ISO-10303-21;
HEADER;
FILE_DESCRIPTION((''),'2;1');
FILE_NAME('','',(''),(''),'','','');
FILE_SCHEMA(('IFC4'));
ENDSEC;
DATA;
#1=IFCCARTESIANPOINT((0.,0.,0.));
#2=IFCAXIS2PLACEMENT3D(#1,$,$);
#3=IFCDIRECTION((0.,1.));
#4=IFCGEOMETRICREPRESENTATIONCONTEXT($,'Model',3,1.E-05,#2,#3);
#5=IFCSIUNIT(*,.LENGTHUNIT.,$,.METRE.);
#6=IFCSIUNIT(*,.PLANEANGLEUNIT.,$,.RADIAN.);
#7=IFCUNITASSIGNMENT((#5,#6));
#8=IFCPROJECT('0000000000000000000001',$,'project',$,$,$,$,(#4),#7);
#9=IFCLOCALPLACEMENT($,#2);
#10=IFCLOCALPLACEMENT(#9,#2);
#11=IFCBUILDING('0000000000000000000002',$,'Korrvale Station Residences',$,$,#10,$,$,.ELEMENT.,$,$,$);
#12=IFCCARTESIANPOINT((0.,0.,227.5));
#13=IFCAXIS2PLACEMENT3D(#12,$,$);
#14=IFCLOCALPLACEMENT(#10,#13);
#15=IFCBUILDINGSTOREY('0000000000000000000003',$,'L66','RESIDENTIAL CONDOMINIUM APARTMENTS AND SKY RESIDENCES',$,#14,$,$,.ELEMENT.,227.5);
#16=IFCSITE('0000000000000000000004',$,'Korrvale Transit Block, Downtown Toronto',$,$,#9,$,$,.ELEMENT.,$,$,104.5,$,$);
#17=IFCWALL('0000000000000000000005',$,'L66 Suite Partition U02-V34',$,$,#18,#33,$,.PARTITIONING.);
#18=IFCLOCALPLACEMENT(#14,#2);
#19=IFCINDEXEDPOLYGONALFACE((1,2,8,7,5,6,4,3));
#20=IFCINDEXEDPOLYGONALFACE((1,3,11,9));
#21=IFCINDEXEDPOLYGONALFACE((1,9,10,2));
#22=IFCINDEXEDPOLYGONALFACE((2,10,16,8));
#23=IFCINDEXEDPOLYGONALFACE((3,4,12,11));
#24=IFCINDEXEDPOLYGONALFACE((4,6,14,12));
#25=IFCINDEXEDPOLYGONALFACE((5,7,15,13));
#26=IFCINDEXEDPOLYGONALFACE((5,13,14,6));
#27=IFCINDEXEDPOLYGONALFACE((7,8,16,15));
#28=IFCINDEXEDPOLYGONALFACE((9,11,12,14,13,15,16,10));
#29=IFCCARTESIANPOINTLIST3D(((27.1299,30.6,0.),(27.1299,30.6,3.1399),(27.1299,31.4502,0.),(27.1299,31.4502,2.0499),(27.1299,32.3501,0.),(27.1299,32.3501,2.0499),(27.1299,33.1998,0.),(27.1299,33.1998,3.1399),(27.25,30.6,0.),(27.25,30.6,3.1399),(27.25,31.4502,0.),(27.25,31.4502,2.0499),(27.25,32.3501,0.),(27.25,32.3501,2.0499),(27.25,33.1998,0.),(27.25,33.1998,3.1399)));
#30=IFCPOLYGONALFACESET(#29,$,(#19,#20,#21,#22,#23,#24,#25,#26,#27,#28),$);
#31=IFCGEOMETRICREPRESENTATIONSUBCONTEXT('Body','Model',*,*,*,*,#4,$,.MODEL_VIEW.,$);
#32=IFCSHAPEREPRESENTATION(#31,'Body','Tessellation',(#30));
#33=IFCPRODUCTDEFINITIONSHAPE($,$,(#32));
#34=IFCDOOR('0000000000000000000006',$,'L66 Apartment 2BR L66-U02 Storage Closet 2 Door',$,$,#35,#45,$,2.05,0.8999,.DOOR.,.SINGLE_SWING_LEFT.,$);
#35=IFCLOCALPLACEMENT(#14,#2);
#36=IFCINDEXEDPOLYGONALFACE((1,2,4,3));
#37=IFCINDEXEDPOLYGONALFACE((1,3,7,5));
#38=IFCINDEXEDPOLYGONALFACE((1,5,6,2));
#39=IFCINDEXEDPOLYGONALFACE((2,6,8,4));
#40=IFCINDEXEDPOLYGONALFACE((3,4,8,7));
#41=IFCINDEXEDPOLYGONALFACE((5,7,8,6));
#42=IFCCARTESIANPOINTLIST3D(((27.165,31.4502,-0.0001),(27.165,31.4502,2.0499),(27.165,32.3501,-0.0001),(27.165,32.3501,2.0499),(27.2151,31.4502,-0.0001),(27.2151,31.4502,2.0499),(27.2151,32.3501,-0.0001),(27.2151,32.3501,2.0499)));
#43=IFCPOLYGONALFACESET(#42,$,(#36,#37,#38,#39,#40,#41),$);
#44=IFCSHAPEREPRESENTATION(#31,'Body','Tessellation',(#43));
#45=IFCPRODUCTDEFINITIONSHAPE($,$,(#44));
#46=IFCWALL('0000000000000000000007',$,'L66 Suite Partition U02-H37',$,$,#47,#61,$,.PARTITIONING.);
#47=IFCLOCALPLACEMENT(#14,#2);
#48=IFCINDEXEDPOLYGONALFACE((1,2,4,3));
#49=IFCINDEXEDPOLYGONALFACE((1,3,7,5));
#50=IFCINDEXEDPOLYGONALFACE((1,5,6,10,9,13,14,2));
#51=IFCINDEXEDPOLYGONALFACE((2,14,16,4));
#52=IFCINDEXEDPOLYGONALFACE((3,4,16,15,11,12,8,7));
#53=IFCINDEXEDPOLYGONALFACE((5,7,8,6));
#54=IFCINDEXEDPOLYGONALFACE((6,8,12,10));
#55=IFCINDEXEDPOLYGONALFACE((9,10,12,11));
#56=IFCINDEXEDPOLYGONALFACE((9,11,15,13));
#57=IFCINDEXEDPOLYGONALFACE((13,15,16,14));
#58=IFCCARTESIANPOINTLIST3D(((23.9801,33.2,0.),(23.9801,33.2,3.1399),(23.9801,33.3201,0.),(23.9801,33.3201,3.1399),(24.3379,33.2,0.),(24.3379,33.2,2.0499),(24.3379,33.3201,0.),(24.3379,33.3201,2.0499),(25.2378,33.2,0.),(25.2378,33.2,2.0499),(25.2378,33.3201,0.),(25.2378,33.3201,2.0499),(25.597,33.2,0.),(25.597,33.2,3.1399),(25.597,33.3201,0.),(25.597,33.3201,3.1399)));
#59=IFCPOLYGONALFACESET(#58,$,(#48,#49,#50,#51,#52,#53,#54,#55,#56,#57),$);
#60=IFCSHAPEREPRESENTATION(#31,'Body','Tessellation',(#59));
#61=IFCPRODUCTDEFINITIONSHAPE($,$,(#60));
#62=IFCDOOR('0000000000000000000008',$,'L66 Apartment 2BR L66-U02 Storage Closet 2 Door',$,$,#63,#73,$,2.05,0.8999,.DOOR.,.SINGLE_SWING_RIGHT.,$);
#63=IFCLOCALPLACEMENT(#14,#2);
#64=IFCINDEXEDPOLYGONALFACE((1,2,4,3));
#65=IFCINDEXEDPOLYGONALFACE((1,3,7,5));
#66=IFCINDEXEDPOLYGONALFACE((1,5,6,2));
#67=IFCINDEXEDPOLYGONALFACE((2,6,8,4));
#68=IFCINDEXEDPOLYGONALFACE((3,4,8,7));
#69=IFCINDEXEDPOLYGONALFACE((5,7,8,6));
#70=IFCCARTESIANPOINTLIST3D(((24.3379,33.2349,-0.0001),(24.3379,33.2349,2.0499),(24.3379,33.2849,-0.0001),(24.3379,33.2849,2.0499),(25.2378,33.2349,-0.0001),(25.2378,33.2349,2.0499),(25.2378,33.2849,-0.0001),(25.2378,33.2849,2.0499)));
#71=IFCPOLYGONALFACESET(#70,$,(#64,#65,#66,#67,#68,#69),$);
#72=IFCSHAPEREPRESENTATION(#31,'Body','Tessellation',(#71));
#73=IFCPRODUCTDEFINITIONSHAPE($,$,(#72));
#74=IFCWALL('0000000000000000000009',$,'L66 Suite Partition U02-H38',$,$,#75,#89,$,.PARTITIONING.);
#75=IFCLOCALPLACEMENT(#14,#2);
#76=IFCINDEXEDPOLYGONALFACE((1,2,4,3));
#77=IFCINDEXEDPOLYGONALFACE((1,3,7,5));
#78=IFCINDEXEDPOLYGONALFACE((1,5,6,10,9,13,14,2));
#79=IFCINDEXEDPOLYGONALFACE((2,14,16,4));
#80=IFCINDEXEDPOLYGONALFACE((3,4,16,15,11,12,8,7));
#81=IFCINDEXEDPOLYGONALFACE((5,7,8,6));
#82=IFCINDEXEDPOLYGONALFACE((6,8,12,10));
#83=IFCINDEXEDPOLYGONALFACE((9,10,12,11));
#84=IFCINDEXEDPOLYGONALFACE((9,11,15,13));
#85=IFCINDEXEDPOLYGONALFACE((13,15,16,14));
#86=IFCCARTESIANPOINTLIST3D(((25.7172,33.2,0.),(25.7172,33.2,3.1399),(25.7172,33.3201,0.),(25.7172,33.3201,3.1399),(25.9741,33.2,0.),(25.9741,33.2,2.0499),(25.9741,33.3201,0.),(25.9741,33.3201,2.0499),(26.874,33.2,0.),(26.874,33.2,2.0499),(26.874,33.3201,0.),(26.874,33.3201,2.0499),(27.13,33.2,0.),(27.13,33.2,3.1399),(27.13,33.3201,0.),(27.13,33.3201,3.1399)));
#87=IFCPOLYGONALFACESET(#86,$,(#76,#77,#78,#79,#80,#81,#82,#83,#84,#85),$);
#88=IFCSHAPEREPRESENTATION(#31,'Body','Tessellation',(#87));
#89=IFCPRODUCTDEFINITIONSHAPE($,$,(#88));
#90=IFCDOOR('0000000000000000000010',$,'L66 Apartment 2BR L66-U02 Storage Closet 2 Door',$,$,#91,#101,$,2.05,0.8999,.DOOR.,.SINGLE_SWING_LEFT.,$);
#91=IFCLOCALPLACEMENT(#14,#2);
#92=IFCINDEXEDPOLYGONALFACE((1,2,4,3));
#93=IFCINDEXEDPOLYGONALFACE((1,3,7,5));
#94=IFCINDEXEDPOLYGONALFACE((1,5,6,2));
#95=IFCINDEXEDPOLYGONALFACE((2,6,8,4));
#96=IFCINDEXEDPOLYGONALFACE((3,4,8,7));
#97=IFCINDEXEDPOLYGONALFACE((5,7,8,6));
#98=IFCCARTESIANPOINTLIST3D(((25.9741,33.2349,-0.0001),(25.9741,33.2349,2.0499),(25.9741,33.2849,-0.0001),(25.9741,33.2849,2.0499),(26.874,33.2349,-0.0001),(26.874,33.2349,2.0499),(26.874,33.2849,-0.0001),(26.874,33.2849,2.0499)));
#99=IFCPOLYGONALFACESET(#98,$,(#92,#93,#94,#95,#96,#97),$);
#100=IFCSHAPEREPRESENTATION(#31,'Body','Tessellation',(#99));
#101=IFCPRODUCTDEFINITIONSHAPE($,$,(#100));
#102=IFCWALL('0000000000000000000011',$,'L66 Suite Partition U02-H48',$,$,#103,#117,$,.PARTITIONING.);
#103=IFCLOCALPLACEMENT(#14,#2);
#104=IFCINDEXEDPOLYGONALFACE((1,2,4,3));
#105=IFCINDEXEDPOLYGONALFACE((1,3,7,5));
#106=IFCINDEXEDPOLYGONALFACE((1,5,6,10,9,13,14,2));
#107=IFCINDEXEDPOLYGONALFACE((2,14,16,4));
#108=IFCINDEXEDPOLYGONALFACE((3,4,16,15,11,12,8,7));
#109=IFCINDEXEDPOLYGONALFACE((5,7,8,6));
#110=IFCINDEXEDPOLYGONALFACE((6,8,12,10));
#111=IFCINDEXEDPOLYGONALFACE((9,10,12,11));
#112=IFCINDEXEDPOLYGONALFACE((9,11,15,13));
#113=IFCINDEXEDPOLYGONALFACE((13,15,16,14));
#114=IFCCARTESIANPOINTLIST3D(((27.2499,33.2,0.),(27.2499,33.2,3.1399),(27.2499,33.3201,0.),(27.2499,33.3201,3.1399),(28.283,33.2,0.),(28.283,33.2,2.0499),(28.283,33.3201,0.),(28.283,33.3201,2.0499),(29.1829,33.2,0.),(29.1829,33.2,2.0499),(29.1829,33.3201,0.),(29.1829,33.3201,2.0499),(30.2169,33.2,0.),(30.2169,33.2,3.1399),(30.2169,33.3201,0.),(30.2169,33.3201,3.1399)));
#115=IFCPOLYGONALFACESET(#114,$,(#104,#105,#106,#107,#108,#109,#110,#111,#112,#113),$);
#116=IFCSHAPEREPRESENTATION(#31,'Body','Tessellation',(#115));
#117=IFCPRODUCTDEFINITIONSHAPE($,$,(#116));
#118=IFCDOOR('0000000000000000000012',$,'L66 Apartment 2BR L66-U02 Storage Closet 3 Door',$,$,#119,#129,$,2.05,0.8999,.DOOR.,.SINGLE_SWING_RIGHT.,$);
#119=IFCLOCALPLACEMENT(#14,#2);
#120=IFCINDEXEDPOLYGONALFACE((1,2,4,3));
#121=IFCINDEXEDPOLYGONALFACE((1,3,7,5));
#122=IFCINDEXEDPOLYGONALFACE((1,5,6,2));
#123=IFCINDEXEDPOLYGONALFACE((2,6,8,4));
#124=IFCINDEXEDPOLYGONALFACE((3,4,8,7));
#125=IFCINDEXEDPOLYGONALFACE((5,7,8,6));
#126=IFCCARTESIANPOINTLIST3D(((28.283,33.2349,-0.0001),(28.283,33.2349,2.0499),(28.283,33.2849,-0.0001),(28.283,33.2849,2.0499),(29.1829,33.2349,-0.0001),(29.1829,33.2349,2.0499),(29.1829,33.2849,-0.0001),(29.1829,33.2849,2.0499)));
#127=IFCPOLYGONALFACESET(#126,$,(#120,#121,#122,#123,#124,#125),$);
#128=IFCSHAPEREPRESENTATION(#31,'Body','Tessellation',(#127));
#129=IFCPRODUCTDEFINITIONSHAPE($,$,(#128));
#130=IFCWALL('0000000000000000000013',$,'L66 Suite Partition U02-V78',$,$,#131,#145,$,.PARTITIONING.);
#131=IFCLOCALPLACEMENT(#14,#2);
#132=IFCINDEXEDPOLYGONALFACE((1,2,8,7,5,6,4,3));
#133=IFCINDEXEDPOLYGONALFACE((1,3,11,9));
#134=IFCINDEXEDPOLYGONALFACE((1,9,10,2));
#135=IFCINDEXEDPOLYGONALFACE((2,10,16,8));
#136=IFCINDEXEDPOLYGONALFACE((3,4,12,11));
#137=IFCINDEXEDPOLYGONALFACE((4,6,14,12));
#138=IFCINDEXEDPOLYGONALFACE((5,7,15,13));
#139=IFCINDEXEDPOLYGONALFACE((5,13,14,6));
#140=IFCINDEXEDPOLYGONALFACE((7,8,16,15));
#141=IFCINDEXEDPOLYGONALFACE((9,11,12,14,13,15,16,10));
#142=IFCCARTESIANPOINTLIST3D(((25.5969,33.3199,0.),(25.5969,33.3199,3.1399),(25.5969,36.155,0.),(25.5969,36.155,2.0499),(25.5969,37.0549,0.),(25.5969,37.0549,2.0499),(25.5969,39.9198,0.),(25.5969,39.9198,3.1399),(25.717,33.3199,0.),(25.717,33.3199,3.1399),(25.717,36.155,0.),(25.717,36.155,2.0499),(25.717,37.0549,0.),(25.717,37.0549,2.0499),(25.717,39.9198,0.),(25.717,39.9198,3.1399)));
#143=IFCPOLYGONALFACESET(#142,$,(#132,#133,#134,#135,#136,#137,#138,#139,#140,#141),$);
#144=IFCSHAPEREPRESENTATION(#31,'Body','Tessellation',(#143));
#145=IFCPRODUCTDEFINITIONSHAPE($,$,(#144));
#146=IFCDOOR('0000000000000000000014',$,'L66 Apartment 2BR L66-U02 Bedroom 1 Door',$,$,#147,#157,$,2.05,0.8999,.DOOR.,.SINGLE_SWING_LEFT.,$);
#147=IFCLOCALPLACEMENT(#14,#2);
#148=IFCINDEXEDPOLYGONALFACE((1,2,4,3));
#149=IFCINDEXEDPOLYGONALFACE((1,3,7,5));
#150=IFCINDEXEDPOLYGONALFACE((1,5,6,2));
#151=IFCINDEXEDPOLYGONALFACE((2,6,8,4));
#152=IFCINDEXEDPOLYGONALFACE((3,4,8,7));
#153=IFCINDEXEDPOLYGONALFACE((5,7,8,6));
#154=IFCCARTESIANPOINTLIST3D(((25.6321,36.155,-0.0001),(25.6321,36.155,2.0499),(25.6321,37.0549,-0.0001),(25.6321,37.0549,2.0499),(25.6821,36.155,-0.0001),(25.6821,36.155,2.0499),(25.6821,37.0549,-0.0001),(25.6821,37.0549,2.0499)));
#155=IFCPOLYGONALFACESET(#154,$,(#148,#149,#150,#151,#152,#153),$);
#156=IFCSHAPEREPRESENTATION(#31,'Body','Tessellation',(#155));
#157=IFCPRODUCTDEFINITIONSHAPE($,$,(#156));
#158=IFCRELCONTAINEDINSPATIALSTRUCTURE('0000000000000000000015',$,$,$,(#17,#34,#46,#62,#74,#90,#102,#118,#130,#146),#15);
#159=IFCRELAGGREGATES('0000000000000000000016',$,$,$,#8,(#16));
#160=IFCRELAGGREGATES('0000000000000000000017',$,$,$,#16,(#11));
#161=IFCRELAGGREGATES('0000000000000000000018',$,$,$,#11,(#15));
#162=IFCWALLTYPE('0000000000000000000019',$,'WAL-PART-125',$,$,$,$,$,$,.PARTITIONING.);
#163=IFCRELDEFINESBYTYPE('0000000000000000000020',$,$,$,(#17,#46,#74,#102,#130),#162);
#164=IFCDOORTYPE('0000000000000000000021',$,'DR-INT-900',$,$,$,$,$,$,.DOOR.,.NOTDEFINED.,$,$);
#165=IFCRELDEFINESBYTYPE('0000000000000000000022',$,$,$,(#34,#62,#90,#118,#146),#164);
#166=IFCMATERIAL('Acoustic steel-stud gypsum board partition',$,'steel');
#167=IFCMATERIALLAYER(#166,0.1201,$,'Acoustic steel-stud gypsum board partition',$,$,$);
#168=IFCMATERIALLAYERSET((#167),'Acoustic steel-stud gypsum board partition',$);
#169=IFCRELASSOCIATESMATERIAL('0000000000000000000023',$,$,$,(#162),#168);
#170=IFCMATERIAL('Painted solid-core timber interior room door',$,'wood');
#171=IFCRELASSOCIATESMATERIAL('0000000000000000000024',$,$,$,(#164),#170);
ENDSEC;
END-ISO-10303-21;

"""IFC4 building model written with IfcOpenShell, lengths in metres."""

from ifc_helpers import new_model, si_unit, direction, frame, frame_2d, origin, place, context, subcontext, project, spatial, rectangle, extrude, material, layer, layer_set, type_object, element, fill, save


model = new_model("IFC4")

# Units and contexts
model_context = context("Model", 3, precision=1e-05, world=origin(), true_north=direction((0.0, 1.0)))
body_context = subcontext(model_context, "Body", "Model", "MODEL_VIEW")
ifc_project = project(units=[si_unit("LENGTHUNIT", "METRE"), si_unit("PLANEANGLEUNIT", "RADIAN")], contexts=[model_context])

# Site, building, storey
site_placement = place(None, origin())
site = spatial("IfcSite", under=ifc_project, at=site_placement, Name="Korrvale Transit Block, Downtown Toronto", CompositionType="ELEMENT", RefElevation=104.5)
building_placement = place(site_placement, origin())
building = spatial("IfcBuilding", under=site, at=building_placement, Name="Korrvale Station Residences", CompositionType="ELEMENT")
storey_placement = place(building_placement, frame((0.0, 0.0, 227.5)))
storey = spatial("IfcBuildingStorey", under=building, at=storey_placement, Name="L66", Description="RESIDENTIAL CONDOMINIUM APARTMENTS AND SKY RESIDENCES", CompositionType="ELEMENT", Elevation=227.5)

# Walls, openings, doors
ifc_material_1 = material(Name="Acoustic steel-stud gypsum board partition", Category="steel")
ifc_layer_1 = layer(ifc_material_1, 0.1201, Name="Acoustic steel-stud gypsum board partition")
ifc_layer_set_1 = layer_set([ifc_layer_1], Name="Acoustic steel-stud gypsum board partition")
wall_type_1 = type_object("IfcWallType", Name="WAL-PART-125", PredefinedType="PARTITIONING", material=ifc_layer_set_1)
ifc_material_2 = material(Name="Painted solid-core timber interior room door", Category="wood")
door_type_1 = type_object("IfcDoorType", Name="DR-INT-900", OperationType="NOTDEFINED", PredefinedType="DOOR", material=ifc_material_2)
wall_1_placement = place(storey_placement, frame((27.1899, 30.6001, 0.0), z_axis=(0.0, 0.0, 1.0), x_axis=(0.0, 1.0, 0.0)))
wall_1 = element("IfcWall", 1, at=wall_1_placement, inside=storey, type_object=wall_type_1, Name="L66 Suite Partition U02-V34", PredefinedType="PARTITIONING", context=body_context, shape_type="SweptSolid", body=[
    extrude(rectangle(XDim=2.5999, YDim=0.1201, at=frame_2d((1.2998, 0.0))), origin(), (0.0, 0.0, 1.0), 3.1399),
])
opening_1_placement = place(wall_1_placement, frame((0.8501, 0.0, 0.0)))
opening_1 = element("IfcOpeningElement", 2, at=opening_1_placement, cuts=wall_1, PredefinedType="OPENING", context=body_context, shape_type="SweptSolid", body=[
    extrude(rectangle(XDim=0.8999, YDim=2.05, at=frame_2d((0.45, 1.0249))), frame((0.0, 0.0701, 0.0), z_axis=(0.0, -1.0, 0.0), x_axis=(1.0, 0.0, 0.0)), (0.0, 0.0, 1.0), 0.1401),
])
door_1_placement = place(opening_1_placement, origin())
door_1 = element("IfcDoor", 3, at=door_1_placement, inside=storey, type_object=door_type_1, Name="L66 Apartment 2BR L66-U02 Storage Closet 2 Door", OperationType="SINGLE_SWING_LEFT", OverallHeight=2.05, OverallWidth=0.8999, PredefinedType="DOOR", context=body_context, shape_type="SweptSolid", body=[
    extrude(rectangle(XDim=0.8999, YDim=2.05, at=frame_2d((0.45, 1.0249))), frame((0.0, 0.0249, 0.0), z_axis=(0.0, -1.0, 0.0), x_axis=(1.0, 0.0, 0.0)), (0.0, 0.0, 1.0), 0.05),
])
fill(opening_1, door_1)
wall_2_placement = place(storey_placement, frame((23.98, 33.26, 0.0), z_axis=(0.0, 0.0, 1.0), x_axis=(1.0, 0.0, 0.0)))
wall_2 = element("IfcWall", 4, at=wall_2_placement, inside=storey, type_object=wall_type_1, Name="L66 Suite Partition U02-H37", PredefinedType="PARTITIONING", context=body_context, shape_type="SweptSolid", body=[
    extrude(rectangle(XDim=1.6169, YDim=0.1201, at=frame_2d((0.8086, 0.0))), origin(), (0.0, 0.0, 1.0), 3.1399),
])
opening_2_placement = place(wall_2_placement, frame((0.3579, 0.0, 0.0)))
opening_2 = element("IfcOpeningElement", 5, at=opening_2_placement, cuts=wall_2, PredefinedType="OPENING", context=body_context, shape_type="SweptSolid", body=[
    extrude(rectangle(XDim=0.8999, YDim=2.05, at=frame_2d((0.45, 1.0249))), frame((0.0, 0.0701, 0.0), z_axis=(0.0, -1.0, 0.0), x_axis=(1.0, 0.0, 0.0)), (0.0, 0.0, 1.0), 0.1401),
])
door_2_placement = place(opening_2_placement, origin())
door_2 = element("IfcDoor", 6, at=door_2_placement, inside=storey, type_object=door_type_1, Name="L66 Apartment 2BR L66-U02 Storage Closet 2 Door", OperationType="SINGLE_SWING_RIGHT", OverallHeight=2.05, OverallWidth=0.8999, PredefinedType="DOOR", context=body_context, shape_type="SweptSolid", body=[
    extrude(rectangle(XDim=0.8999, YDim=2.05, at=frame_2d((0.45, 1.0249))), frame((0.0, 0.0249, 0.0), z_axis=(0.0, -1.0, 0.0), x_axis=(1.0, 0.0, 0.0)), (0.0, 0.0, 1.0), 0.05),
])
fill(opening_2, door_2)
wall_3_placement = place(storey_placement, frame((25.717, 33.26, 0.0), z_axis=(0.0, 0.0, 1.0), x_axis=(1.0, 0.0, 0.0)))
wall_3 = element("IfcWall", 7, at=wall_3_placement, inside=storey, type_object=wall_type_1, Name="L66 Suite Partition U02-H38", PredefinedType="PARTITIONING", context=body_context, shape_type="SweptSolid", body=[
    extrude(rectangle(XDim=1.4128, YDim=0.1201, at=frame_2d((0.7065, 0.0))), origin(), (0.0, 0.0, 1.0), 3.1399),
])
opening_3_placement = place(wall_3_placement, frame((0.2571, 0.0, 0.0)))
opening_3 = element("IfcOpeningElement", 8, at=opening_3_placement, cuts=wall_3, PredefinedType="OPENING", context=body_context, shape_type="SweptSolid", body=[
    extrude(rectangle(XDim=0.8999, YDim=2.05, at=frame_2d((0.45, 1.0249))), frame((0.0, 0.0701, 0.0), z_axis=(0.0, -1.0, 0.0), x_axis=(1.0, 0.0, 0.0)), (0.0, 0.0, 1.0), 0.1401),
])
door_3_placement = place(opening_3_placement, origin())
door_3 = element("IfcDoor", 9, at=door_3_placement, inside=storey, type_object=door_type_1, Name="L66 Apartment 2BR L66-U02 Storage Closet 2 Door", OperationType="SINGLE_SWING_LEFT", OverallHeight=2.05, OverallWidth=0.8999, PredefinedType="DOOR", context=body_context, shape_type="SweptSolid", body=[
    extrude(rectangle(XDim=0.8999, YDim=2.05, at=frame_2d((0.45, 1.0249))), frame((0.0, 0.0249, 0.0), z_axis=(0.0, -1.0, 0.0), x_axis=(1.0, 0.0, 0.0)), (0.0, 0.0, 1.0), 0.05),
])
fill(opening_3, door_3)
wall_4_placement = place(storey_placement, frame((27.25, 33.26, 0.0), z_axis=(0.0, 0.0, 1.0), x_axis=(1.0, 0.0, 0.0)))
wall_4 = element("IfcWall", 10, at=wall_4_placement, inside=storey, type_object=wall_type_1, Name="L66 Suite Partition U02-H48", PredefinedType="PARTITIONING", context=body_context, shape_type="SweptSolid", body=[
    extrude(rectangle(XDim=2.967, YDim=0.1201, at=frame_2d((1.4834, 0.0))), origin(), (0.0, 0.0, 1.0), 3.1399),
])
opening_4_placement = place(wall_4_placement, frame((1.033, 0.0, 0.0)))
opening_4 = element("IfcOpeningElement", 11, at=opening_4_placement, cuts=wall_4, PredefinedType="OPENING", context=body_context, shape_type="SweptSolid", body=[
    extrude(rectangle(XDim=0.8999, YDim=2.05, at=frame_2d((0.45, 1.0249))), frame((0.0, 0.0701, 0.0), z_axis=(0.0, -1.0, 0.0), x_axis=(1.0, 0.0, 0.0)), (0.0, 0.0, 1.0), 0.1401),
])
door_4_placement = place(opening_4_placement, origin())
door_4 = element("IfcDoor", 12, at=door_4_placement, inside=storey, type_object=door_type_1, Name="L66 Apartment 2BR L66-U02 Storage Closet 3 Door", OperationType="SINGLE_SWING_RIGHT", OverallHeight=2.05, OverallWidth=0.8999, PredefinedType="DOOR", context=body_context, shape_type="SweptSolid", body=[
    extrude(rectangle(XDim=0.8999, YDim=2.05, at=frame_2d((0.45, 1.0249))), frame((0.0, 0.0249, 0.0), z_axis=(0.0, -1.0, 0.0), x_axis=(1.0, 0.0, 0.0)), (0.0, 0.0, 1.0), 0.05),
])
fill(opening_4, door_4)
wall_5_placement = place(storey_placement, frame((25.657, 33.3201, 0.0), z_axis=(0.0, 0.0, 1.0), x_axis=(0.0, 1.0, 0.0)))
wall_5 = element("IfcWall", 13, at=wall_5_placement, inside=storey, type_object=wall_type_1, Name="L66 Suite Partition U02-V78", PredefinedType="PARTITIONING", context=body_context, shape_type="SweptSolid", body=[
    extrude(rectangle(XDim=6.5999, YDim=0.1201, at=frame_2d((3.2998, 0.0))), origin(), (0.0, 0.0, 1.0), 3.1399),
])
opening_5_placement = place(wall_5_placement, frame((2.835, 0.0, 0.0)))
opening_5 = element("IfcOpeningElement", 14, at=opening_5_placement, cuts=wall_5, PredefinedType="OPENING", context=body_context, shape_type="SweptSolid", body=[
    extrude(rectangle(XDim=0.8999, YDim=2.05, at=frame_2d((0.45, 1.0249))), frame((0.0, 0.0701, 0.0), z_axis=(0.0, -1.0, 0.0), x_axis=(1.0, 0.0, 0.0)), (0.0, 0.0, 1.0), 0.1401),
])
door_5_placement = place(opening_5_placement, origin())
door_5 = element("IfcDoor", 15, at=door_5_placement, inside=storey, type_object=door_type_1, Name="L66 Apartment 2BR L66-U02 Bedroom 1 Door", OperationType="SINGLE_SWING_LEFT", OverallHeight=2.05, OverallWidth=0.8999, PredefinedType="DOOR", context=body_context, shape_type="SweptSolid", body=[
    extrude(rectangle(XDim=0.8999, YDim=2.05, at=frame_2d((0.45, 1.0249))), frame((0.0, 0.0249, 0.0), z_axis=(0.0, -1.0, 0.0), x_axis=(1.0, 0.0, 0.0)), (0.0, 0.0, 1.0), 0.05),
])
fill(opening_5, door_5)

save(model, "model.ifc")
